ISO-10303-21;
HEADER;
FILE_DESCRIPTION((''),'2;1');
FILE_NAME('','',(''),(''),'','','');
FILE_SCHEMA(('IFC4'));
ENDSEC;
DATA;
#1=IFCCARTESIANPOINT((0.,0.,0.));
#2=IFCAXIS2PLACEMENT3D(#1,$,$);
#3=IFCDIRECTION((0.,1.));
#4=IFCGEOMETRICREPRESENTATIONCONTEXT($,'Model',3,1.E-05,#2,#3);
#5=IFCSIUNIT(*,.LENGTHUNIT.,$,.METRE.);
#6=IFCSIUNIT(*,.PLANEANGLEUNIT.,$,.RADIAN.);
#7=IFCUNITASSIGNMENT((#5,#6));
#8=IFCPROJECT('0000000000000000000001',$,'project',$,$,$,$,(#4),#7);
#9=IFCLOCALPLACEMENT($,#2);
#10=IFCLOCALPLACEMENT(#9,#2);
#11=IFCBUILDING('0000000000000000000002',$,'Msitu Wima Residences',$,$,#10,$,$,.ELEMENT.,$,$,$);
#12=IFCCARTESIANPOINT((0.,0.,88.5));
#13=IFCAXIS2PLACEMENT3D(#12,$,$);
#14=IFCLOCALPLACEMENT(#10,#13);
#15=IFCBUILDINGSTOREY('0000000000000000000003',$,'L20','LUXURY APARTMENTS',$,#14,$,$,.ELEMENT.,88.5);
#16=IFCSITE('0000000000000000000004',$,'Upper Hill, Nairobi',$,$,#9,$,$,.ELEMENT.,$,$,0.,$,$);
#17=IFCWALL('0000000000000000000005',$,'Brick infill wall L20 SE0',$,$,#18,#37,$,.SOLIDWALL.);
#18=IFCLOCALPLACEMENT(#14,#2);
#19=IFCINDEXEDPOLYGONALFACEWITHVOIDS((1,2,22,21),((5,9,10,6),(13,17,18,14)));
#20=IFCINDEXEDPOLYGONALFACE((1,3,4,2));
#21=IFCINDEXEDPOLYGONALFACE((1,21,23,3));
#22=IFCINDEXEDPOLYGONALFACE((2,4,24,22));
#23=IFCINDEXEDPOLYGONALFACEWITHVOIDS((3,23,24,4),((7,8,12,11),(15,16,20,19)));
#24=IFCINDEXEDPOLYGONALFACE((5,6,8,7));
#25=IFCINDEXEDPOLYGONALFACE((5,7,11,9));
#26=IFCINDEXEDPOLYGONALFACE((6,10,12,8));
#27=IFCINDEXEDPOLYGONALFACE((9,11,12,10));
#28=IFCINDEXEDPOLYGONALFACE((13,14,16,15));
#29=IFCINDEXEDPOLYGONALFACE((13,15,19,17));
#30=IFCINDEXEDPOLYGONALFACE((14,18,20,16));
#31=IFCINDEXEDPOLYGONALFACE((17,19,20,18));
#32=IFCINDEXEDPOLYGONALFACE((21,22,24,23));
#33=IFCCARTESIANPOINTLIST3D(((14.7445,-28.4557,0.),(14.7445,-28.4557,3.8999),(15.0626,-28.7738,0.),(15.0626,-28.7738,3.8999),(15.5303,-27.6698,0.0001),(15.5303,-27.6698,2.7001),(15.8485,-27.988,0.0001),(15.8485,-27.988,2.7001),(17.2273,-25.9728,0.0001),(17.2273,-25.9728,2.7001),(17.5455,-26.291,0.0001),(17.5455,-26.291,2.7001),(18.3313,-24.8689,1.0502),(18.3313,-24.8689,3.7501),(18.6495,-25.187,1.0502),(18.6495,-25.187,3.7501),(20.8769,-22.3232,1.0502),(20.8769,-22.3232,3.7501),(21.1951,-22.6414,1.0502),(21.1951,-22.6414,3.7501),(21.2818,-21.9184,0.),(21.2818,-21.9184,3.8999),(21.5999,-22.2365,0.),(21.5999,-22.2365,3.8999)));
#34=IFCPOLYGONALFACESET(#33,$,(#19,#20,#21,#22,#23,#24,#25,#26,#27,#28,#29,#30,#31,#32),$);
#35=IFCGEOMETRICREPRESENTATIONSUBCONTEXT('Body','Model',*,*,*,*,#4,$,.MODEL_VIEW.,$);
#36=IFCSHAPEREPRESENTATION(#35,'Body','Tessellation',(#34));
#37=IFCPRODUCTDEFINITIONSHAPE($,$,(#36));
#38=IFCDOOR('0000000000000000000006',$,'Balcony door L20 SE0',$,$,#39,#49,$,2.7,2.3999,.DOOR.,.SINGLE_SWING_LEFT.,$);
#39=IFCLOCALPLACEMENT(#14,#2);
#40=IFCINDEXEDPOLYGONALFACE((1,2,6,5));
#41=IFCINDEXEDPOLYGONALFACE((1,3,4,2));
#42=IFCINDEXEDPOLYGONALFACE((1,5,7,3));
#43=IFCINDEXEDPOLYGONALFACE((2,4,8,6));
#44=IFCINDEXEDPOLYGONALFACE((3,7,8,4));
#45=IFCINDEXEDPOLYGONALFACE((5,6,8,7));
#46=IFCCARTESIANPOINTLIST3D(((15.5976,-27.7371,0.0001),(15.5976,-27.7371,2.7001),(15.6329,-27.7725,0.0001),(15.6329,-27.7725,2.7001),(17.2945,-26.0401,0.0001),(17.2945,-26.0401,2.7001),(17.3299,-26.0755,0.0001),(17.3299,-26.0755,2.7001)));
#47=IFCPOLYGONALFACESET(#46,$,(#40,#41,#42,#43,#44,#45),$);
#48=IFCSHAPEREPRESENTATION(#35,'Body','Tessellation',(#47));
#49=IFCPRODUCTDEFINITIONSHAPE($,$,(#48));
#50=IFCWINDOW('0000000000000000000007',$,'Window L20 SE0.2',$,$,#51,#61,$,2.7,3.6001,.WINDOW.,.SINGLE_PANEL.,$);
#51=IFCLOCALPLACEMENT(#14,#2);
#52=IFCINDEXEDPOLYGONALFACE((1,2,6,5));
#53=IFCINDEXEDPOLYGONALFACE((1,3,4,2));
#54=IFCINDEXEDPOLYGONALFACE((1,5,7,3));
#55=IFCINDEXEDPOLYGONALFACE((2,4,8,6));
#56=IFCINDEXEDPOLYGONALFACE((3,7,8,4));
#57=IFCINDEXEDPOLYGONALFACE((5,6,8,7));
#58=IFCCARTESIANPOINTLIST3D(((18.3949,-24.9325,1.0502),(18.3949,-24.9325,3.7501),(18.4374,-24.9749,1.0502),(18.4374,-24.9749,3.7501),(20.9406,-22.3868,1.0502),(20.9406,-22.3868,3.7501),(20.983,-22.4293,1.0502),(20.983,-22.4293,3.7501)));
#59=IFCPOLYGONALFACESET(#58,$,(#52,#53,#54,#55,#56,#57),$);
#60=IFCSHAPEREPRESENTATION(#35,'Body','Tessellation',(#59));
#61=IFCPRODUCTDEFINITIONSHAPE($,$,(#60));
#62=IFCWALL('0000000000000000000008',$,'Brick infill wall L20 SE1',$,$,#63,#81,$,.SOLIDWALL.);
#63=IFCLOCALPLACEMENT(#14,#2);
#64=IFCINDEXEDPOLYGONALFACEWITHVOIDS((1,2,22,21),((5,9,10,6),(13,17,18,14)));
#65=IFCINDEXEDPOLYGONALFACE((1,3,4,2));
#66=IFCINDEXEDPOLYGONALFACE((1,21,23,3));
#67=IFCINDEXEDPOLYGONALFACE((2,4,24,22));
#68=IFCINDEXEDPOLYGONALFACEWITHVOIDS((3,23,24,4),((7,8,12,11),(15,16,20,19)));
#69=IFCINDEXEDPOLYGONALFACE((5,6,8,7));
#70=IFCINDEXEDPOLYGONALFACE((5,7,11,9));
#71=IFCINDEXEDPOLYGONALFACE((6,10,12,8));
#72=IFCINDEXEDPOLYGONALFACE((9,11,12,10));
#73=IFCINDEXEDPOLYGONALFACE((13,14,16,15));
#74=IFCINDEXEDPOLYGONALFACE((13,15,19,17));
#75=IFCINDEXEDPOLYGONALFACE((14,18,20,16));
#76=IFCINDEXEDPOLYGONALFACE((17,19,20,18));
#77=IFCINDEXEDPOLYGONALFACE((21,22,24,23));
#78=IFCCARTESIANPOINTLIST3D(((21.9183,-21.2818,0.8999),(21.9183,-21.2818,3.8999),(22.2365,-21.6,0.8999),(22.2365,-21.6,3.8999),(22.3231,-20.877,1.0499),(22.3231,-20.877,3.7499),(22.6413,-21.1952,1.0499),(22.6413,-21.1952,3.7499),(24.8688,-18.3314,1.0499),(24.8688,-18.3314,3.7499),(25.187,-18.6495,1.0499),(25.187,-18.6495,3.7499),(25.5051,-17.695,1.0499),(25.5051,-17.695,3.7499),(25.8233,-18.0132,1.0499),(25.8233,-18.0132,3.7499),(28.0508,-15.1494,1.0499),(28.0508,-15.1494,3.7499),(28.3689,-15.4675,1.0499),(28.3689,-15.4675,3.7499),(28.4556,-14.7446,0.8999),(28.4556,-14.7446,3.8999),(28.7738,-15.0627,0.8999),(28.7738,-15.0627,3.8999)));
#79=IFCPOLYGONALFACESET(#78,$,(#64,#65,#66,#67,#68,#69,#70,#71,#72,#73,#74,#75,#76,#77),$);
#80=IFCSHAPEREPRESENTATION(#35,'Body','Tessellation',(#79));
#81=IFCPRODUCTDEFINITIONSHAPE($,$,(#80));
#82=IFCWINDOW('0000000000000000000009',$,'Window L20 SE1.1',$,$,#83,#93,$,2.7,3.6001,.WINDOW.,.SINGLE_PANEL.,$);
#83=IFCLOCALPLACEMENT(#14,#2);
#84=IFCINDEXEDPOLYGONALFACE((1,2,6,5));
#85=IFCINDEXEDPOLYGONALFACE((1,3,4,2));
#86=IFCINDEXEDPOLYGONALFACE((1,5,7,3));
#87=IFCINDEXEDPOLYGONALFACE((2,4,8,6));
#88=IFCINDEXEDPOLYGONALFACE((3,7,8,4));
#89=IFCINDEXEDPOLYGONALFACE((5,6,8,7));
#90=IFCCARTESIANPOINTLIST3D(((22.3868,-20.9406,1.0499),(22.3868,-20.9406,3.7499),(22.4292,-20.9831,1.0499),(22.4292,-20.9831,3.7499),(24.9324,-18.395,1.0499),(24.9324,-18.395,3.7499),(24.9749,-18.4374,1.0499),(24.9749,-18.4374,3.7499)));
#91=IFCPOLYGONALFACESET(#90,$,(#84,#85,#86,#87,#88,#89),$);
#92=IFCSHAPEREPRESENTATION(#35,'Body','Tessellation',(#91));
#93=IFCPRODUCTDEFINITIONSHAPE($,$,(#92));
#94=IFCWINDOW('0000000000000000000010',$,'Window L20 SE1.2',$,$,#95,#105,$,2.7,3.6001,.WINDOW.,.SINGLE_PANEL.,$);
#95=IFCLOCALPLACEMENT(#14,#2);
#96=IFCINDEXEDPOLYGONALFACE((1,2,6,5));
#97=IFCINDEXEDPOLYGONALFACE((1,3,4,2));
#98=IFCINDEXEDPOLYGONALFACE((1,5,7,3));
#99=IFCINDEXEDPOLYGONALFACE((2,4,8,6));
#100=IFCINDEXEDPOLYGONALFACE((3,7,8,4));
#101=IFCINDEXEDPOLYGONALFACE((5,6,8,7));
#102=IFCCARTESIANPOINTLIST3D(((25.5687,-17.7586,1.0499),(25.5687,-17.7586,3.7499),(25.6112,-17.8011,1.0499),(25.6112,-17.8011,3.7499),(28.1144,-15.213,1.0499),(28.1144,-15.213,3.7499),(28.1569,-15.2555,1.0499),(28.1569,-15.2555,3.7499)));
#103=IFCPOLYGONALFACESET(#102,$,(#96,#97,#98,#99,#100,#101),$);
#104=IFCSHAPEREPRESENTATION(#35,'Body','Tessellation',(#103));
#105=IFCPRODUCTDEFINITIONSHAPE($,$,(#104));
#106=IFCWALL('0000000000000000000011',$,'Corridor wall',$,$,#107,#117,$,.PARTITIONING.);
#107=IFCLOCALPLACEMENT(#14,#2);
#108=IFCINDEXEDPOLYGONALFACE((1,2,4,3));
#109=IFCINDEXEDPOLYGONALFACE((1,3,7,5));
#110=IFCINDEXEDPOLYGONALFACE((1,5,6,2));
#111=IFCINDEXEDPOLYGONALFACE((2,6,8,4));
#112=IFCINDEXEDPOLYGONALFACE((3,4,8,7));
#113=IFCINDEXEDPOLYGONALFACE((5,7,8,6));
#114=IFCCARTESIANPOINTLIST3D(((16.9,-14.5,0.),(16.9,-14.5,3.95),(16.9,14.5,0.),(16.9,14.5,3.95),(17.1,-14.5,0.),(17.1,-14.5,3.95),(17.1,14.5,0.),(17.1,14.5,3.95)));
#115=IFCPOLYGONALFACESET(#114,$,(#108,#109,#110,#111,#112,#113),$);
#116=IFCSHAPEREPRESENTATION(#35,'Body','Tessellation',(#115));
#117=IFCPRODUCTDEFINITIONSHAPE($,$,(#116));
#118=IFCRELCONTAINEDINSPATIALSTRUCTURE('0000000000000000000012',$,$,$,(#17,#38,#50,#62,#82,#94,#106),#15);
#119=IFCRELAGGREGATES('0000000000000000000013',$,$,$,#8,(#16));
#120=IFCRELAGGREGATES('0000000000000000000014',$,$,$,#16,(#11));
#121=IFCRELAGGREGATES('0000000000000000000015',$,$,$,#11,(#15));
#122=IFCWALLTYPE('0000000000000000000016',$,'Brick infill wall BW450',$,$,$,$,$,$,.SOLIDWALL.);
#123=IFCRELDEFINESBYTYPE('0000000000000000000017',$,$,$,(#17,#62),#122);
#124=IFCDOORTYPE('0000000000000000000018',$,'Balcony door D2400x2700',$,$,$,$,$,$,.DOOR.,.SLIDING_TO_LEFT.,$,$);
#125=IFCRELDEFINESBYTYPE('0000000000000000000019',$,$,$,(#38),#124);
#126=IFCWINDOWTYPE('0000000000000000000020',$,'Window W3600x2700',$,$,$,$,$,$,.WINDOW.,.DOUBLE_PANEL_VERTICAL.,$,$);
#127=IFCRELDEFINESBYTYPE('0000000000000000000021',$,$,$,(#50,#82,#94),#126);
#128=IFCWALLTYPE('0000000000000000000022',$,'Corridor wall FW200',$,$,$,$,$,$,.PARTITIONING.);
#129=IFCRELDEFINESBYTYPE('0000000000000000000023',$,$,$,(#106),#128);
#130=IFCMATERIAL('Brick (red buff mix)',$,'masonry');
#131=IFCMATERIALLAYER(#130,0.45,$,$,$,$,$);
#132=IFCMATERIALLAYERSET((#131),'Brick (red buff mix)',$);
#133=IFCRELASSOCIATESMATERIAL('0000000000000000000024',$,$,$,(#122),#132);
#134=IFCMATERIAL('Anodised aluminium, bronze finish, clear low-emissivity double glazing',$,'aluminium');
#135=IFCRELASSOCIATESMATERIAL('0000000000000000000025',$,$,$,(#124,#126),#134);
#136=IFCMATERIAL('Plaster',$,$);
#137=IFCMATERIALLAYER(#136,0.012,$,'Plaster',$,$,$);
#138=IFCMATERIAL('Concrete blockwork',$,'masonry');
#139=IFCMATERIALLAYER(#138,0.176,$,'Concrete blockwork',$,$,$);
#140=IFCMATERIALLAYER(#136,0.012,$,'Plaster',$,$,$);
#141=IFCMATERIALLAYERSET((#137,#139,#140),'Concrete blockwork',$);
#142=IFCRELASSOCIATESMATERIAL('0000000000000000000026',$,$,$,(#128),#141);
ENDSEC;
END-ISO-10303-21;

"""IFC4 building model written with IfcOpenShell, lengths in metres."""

from ifc_helpers import new_model, si_unit, direction, frame, frame_2d, origin, place, context, subcontext, project, spatial, rectangle, extrude, material, layer, layer_set, type_object, element, fill, save


model = new_model("IFC4")

# Units and contexts
model_context = context("Model", 3, precision=1e-05, world=origin(), true_north=direction((0.0, 1.0)))
body_context = subcontext(model_context, "Body", "Model", "MODEL_VIEW")
ifc_project = project(units=[si_unit("LENGTHUNIT", "METRE"), si_unit("PLANEANGLEUNIT", "RADIAN")], contexts=[model_context])

# Site, building, storey
site_placement = place(None, origin())
site = spatial("IfcSite", under=ifc_project, at=site_placement, Name="Upper Hill, Nairobi", CompositionType="ELEMENT", RefElevation=0.0)
building_placement = place(site_placement, origin())
building = spatial("IfcBuilding", under=site, at=building_placement, Name="Msitu Wima Residences", CompositionType="ELEMENT")
storey_placement = place(building_placement, frame((0.0, 0.0, 88.5)))
storey = spatial("IfcBuildingStorey", under=building, at=storey_placement, Name="L20", Description="LUXURY APARTMENTS", CompositionType="ELEMENT", Elevation=88.5)

# Wall, openings, door, window
ifc_material_1 = material(Name="Brick (red buff mix)", Category="masonry")
ifc_layer_1 = layer(ifc_material_1, 0.45)
ifc_layer_set_1 = layer_set([ifc_layer_1], Name="Brick (red buff mix)")
wall_type_1 = type_object("IfcWallType", Name="Brick infill wall BW450", PredefinedType="SOLIDWALL", material=ifc_layer_set_1)
wall_1_placement = place(storey_placement, frame((14.9036, -28.6147, 0.0), z_axis=(0.0, 0.0, 1.0), x_axis=(0.707107, 0.707107, 0.0)))
wall_1 = element("IfcWall", 1, at=wall_1_placement, inside=storey, type_object=wall_type_1, Name="Brick infill wall L20 SE0", PredefinedType="SOLIDWALL", context=body_context, shape_type="SweptSolid", body=[
    extrude(rectangle(XDim=9.2451, YDim=0.45, at=frame_2d((4.6226, 0.0))), origin(), (0.0, 0.0, 1.0), 3.8999),
])
opening_1_placement = place(wall_1_placement, frame((1.1113, 0.0, 0.0)))
opening_1 = element("IfcOpeningElement", 2, at=opening_1_placement, cuts=wall_1, PredefinedType="OPENING", context=body_context, shape_type="SweptSolid", body=[
    extrude(rectangle(XDim=2.3999, YDim=2.7, at=frame_2d((1.2, 1.3501))), frame((0.0, 0.2349, 0.0), z_axis=(0.0, -1.0, 0.0), x_axis=(1.0, 0.0, 0.0)), (0.0, 0.0, 1.0), 0.47),
])
opening_2_placement = place(wall_1_placement, frame((5.0725, 0.0, 1.05)))
opening_2 = element("IfcOpeningElement", 3, at=opening_2_placement, cuts=wall_1, PredefinedType="OPENING", context=body_context, shape_type="SweptSolid", body=[
    extrude(rectangle(XDim=3.6001, YDim=2.7, at=frame_2d((1.8, 1.3501))), frame((0.0, 0.2349, 0.0), z_axis=(0.0, -1.0, 0.0), x_axis=(1.0, 0.0, 0.0)), (0.0, 0.0, 1.0), 0.47),
])
ifc_material_2 = material(Name="Anodised aluminium, bronze finish, clear low-emissivity double glazing", Category="aluminium")
door_type_1 = type_object("IfcDoorType", Name="Balcony door D2400x2700", OperationType="SLIDING_TO_LEFT", PredefinedType="DOOR", material=ifc_material_2)
door_1_placement = place(opening_1_placement, origin())
door_1 = element("IfcDoor", 4, at=door_1_placement, inside=storey, type_object=door_type_1, Name="Balcony door L20 SE0", OperationType="SINGLE_SWING_LEFT", OverallHeight=2.7, OverallWidth=2.3999, PredefinedType="DOOR", context=body_context, shape_type="SweptSolid", body=[
    extrude(rectangle(XDim=2.3999, YDim=2.7, at=frame_2d((1.2, 1.3501))), frame((0.0, 0.1299, 0.0), z_axis=(0.0, -1.0, 0.0), x_axis=(1.0, 0.0, 0.0)), (0.0, 0.0, 1.0), 0.05),
])
fill(opening_1, door_1)
window_type = type_object("IfcWindowType", Name="Window W3600x2700", PartitioningType="DOUBLE_PANEL_VERTICAL", PredefinedType="WINDOW", material=ifc_material_2)
window_1_placement = place(opening_2_placement, origin())
window_1 = element("IfcWindow", 5, at=window_1_placement, inside=storey, type_object=window_type, Name="Window L20 SE0.2", OverallHeight=2.7, OverallWidth=3.6001, PartitioningType="SINGLE_PANEL", PredefinedType="WINDOW", context=body_context, shape_type="SweptSolid", body=[
    extrude(rectangle(XDim=3.6001, YDim=2.7, at=frame_2d((1.8, 1.3501))), frame((0.0, 0.135, 0.0), z_axis=(0.0, -1.0, 0.0), x_axis=(1.0, 0.0, 0.0)), (0.0, 0.0, 1.0), 0.0601),
])
fill(opening_2, window_1)

# Wall, openings, windows
wall_2_placement = place(storey_placement, frame((22.0774, -21.4409, 0.8999), z_axis=(0.0, 0.0, 1.0), x_axis=(0.707107, 0.707107, 0.0)))
wall_2 = element("IfcWall", 6, at=wall_2_placement, inside=storey, type_object=wall_type_1, Name="Brick infill wall L20 SE1", PredefinedType="SOLIDWALL", context=body_context, shape_type="SweptSolid", body=[
    extrude(rectangle(XDim=9.2451, YDim=0.45, at=frame_2d((4.6226, 0.0))), origin(), (0.0, 0.0, 1.0), 3.0),
])
opening_3_placement = place(wall_2_placement, frame((0.5725, 0.0, 0.1499)))
opening_3 = element("IfcOpeningElement", 7, at=opening_3_placement, cuts=wall_2, PredefinedType="OPENING", context=body_context, shape_type="SweptSolid", body=[
    extrude(rectangle(XDim=3.6001, YDim=2.7, at=frame_2d((1.8, 1.3501))), frame((0.0, 0.2349, 0.0), z_axis=(0.0, -1.0, 0.0), x_axis=(1.0, 0.0, 0.0)), (0.0, 0.0, 1.0), 0.47),
])
opening_4_placement = place(wall_2_placement, frame((5.0725, 0.0, 0.1499)))
opening_4 = element("IfcOpeningElement", 8, at=opening_4_placement, cuts=wall_2, PredefinedType="OPENING", context=body_context, shape_type="SweptSolid", body=[
    extrude(rectangle(XDim=3.6001, YDim=2.7, at=frame_2d((1.8, 1.3501))), frame((0.0, 0.2349, 0.0), z_axis=(0.0, -1.0, 0.0), x_axis=(1.0, 0.0, 0.0)), (0.0, 0.0, 1.0), 0.47),
])
window_2_placement = place(opening_3_placement, origin())
window_2 = element("IfcWindow", 9, at=window_2_placement, inside=storey, type_object=window_type, Name="Window L20 SE1.1", OverallHeight=2.7, OverallWidth=3.6001, PartitioningType="SINGLE_PANEL", PredefinedType="WINDOW", context=body_context, shape_type="SweptSolid", body=[
    extrude(rectangle(XDim=3.6001, YDim=2.7, at=frame_2d((1.8, 1.3501))), frame((0.0, 0.135, 0.0), z_axis=(0.0, -1.0, 0.0), x_axis=(1.0, 0.0, 0.0)), (0.0, 0.0, 1.0), 0.0601),
])
fill(opening_3, window_2)
window_3_placement = place(opening_4_placement, origin())
window_3 = element("IfcWindow", 10, at=window_3_placement, inside=storey, type_object=window_type, Name="Window L20 SE1.2", OverallHeight=2.7, OverallWidth=3.6001, PartitioningType="SINGLE_PANEL", PredefinedType="WINDOW", context=body_context, shape_type="SweptSolid", body=[
    extrude(rectangle(XDim=3.6001, YDim=2.7, at=frame_2d((1.8, 1.3501))), frame((0.0, 0.135, 0.0), z_axis=(0.0, -1.0, 0.0), x_axis=(1.0, 0.0, 0.0)), (0.0, 0.0, 1.0), 0.0601),
])
fill(opening_4, window_3)

# Wall
ifc_material_3 = material(Name="Plaster")
ifc_layer_2 = layer(ifc_material_3, 0.012, Name="Plaster")
ifc_material_4 = material(Name="Concrete blockwork", Category="masonry")
ifc_layer_3 = layer(ifc_material_4, 0.176, Name="Concrete blockwork")
ifc_layer_4 = layer(ifc_material_3, 0.012, Name="Plaster")
ifc_layer_set_2 = layer_set([ifc_layer_2, ifc_layer_3, ifc_layer_4], Name="Concrete blockwork")
wall_type_2 = type_object("IfcWallType", Name="Corridor wall FW200", PredefinedType="PARTITIONING", material=ifc_layer_set_2)
wall_3_placement = place(storey_placement, frame((17.0, -14.5, 0.0), z_axis=(0.0, 0.0, 1.0), x_axis=(0.0, 1.0, 0.0)))
element("IfcWall", 11, at=wall_3_placement, inside=storey, type_object=wall_type_2, Name="Corridor wall", PredefinedType="PARTITIONING", context=body_context, shape_type="SweptSolid", body=[
    extrude(rectangle(XDim=29.0, YDim=0.2, at=frame_2d((14.5, 0.0))), origin(), (0.0, 0.0, 1.0), 3.95),
])

save(model, "model.ifc")
